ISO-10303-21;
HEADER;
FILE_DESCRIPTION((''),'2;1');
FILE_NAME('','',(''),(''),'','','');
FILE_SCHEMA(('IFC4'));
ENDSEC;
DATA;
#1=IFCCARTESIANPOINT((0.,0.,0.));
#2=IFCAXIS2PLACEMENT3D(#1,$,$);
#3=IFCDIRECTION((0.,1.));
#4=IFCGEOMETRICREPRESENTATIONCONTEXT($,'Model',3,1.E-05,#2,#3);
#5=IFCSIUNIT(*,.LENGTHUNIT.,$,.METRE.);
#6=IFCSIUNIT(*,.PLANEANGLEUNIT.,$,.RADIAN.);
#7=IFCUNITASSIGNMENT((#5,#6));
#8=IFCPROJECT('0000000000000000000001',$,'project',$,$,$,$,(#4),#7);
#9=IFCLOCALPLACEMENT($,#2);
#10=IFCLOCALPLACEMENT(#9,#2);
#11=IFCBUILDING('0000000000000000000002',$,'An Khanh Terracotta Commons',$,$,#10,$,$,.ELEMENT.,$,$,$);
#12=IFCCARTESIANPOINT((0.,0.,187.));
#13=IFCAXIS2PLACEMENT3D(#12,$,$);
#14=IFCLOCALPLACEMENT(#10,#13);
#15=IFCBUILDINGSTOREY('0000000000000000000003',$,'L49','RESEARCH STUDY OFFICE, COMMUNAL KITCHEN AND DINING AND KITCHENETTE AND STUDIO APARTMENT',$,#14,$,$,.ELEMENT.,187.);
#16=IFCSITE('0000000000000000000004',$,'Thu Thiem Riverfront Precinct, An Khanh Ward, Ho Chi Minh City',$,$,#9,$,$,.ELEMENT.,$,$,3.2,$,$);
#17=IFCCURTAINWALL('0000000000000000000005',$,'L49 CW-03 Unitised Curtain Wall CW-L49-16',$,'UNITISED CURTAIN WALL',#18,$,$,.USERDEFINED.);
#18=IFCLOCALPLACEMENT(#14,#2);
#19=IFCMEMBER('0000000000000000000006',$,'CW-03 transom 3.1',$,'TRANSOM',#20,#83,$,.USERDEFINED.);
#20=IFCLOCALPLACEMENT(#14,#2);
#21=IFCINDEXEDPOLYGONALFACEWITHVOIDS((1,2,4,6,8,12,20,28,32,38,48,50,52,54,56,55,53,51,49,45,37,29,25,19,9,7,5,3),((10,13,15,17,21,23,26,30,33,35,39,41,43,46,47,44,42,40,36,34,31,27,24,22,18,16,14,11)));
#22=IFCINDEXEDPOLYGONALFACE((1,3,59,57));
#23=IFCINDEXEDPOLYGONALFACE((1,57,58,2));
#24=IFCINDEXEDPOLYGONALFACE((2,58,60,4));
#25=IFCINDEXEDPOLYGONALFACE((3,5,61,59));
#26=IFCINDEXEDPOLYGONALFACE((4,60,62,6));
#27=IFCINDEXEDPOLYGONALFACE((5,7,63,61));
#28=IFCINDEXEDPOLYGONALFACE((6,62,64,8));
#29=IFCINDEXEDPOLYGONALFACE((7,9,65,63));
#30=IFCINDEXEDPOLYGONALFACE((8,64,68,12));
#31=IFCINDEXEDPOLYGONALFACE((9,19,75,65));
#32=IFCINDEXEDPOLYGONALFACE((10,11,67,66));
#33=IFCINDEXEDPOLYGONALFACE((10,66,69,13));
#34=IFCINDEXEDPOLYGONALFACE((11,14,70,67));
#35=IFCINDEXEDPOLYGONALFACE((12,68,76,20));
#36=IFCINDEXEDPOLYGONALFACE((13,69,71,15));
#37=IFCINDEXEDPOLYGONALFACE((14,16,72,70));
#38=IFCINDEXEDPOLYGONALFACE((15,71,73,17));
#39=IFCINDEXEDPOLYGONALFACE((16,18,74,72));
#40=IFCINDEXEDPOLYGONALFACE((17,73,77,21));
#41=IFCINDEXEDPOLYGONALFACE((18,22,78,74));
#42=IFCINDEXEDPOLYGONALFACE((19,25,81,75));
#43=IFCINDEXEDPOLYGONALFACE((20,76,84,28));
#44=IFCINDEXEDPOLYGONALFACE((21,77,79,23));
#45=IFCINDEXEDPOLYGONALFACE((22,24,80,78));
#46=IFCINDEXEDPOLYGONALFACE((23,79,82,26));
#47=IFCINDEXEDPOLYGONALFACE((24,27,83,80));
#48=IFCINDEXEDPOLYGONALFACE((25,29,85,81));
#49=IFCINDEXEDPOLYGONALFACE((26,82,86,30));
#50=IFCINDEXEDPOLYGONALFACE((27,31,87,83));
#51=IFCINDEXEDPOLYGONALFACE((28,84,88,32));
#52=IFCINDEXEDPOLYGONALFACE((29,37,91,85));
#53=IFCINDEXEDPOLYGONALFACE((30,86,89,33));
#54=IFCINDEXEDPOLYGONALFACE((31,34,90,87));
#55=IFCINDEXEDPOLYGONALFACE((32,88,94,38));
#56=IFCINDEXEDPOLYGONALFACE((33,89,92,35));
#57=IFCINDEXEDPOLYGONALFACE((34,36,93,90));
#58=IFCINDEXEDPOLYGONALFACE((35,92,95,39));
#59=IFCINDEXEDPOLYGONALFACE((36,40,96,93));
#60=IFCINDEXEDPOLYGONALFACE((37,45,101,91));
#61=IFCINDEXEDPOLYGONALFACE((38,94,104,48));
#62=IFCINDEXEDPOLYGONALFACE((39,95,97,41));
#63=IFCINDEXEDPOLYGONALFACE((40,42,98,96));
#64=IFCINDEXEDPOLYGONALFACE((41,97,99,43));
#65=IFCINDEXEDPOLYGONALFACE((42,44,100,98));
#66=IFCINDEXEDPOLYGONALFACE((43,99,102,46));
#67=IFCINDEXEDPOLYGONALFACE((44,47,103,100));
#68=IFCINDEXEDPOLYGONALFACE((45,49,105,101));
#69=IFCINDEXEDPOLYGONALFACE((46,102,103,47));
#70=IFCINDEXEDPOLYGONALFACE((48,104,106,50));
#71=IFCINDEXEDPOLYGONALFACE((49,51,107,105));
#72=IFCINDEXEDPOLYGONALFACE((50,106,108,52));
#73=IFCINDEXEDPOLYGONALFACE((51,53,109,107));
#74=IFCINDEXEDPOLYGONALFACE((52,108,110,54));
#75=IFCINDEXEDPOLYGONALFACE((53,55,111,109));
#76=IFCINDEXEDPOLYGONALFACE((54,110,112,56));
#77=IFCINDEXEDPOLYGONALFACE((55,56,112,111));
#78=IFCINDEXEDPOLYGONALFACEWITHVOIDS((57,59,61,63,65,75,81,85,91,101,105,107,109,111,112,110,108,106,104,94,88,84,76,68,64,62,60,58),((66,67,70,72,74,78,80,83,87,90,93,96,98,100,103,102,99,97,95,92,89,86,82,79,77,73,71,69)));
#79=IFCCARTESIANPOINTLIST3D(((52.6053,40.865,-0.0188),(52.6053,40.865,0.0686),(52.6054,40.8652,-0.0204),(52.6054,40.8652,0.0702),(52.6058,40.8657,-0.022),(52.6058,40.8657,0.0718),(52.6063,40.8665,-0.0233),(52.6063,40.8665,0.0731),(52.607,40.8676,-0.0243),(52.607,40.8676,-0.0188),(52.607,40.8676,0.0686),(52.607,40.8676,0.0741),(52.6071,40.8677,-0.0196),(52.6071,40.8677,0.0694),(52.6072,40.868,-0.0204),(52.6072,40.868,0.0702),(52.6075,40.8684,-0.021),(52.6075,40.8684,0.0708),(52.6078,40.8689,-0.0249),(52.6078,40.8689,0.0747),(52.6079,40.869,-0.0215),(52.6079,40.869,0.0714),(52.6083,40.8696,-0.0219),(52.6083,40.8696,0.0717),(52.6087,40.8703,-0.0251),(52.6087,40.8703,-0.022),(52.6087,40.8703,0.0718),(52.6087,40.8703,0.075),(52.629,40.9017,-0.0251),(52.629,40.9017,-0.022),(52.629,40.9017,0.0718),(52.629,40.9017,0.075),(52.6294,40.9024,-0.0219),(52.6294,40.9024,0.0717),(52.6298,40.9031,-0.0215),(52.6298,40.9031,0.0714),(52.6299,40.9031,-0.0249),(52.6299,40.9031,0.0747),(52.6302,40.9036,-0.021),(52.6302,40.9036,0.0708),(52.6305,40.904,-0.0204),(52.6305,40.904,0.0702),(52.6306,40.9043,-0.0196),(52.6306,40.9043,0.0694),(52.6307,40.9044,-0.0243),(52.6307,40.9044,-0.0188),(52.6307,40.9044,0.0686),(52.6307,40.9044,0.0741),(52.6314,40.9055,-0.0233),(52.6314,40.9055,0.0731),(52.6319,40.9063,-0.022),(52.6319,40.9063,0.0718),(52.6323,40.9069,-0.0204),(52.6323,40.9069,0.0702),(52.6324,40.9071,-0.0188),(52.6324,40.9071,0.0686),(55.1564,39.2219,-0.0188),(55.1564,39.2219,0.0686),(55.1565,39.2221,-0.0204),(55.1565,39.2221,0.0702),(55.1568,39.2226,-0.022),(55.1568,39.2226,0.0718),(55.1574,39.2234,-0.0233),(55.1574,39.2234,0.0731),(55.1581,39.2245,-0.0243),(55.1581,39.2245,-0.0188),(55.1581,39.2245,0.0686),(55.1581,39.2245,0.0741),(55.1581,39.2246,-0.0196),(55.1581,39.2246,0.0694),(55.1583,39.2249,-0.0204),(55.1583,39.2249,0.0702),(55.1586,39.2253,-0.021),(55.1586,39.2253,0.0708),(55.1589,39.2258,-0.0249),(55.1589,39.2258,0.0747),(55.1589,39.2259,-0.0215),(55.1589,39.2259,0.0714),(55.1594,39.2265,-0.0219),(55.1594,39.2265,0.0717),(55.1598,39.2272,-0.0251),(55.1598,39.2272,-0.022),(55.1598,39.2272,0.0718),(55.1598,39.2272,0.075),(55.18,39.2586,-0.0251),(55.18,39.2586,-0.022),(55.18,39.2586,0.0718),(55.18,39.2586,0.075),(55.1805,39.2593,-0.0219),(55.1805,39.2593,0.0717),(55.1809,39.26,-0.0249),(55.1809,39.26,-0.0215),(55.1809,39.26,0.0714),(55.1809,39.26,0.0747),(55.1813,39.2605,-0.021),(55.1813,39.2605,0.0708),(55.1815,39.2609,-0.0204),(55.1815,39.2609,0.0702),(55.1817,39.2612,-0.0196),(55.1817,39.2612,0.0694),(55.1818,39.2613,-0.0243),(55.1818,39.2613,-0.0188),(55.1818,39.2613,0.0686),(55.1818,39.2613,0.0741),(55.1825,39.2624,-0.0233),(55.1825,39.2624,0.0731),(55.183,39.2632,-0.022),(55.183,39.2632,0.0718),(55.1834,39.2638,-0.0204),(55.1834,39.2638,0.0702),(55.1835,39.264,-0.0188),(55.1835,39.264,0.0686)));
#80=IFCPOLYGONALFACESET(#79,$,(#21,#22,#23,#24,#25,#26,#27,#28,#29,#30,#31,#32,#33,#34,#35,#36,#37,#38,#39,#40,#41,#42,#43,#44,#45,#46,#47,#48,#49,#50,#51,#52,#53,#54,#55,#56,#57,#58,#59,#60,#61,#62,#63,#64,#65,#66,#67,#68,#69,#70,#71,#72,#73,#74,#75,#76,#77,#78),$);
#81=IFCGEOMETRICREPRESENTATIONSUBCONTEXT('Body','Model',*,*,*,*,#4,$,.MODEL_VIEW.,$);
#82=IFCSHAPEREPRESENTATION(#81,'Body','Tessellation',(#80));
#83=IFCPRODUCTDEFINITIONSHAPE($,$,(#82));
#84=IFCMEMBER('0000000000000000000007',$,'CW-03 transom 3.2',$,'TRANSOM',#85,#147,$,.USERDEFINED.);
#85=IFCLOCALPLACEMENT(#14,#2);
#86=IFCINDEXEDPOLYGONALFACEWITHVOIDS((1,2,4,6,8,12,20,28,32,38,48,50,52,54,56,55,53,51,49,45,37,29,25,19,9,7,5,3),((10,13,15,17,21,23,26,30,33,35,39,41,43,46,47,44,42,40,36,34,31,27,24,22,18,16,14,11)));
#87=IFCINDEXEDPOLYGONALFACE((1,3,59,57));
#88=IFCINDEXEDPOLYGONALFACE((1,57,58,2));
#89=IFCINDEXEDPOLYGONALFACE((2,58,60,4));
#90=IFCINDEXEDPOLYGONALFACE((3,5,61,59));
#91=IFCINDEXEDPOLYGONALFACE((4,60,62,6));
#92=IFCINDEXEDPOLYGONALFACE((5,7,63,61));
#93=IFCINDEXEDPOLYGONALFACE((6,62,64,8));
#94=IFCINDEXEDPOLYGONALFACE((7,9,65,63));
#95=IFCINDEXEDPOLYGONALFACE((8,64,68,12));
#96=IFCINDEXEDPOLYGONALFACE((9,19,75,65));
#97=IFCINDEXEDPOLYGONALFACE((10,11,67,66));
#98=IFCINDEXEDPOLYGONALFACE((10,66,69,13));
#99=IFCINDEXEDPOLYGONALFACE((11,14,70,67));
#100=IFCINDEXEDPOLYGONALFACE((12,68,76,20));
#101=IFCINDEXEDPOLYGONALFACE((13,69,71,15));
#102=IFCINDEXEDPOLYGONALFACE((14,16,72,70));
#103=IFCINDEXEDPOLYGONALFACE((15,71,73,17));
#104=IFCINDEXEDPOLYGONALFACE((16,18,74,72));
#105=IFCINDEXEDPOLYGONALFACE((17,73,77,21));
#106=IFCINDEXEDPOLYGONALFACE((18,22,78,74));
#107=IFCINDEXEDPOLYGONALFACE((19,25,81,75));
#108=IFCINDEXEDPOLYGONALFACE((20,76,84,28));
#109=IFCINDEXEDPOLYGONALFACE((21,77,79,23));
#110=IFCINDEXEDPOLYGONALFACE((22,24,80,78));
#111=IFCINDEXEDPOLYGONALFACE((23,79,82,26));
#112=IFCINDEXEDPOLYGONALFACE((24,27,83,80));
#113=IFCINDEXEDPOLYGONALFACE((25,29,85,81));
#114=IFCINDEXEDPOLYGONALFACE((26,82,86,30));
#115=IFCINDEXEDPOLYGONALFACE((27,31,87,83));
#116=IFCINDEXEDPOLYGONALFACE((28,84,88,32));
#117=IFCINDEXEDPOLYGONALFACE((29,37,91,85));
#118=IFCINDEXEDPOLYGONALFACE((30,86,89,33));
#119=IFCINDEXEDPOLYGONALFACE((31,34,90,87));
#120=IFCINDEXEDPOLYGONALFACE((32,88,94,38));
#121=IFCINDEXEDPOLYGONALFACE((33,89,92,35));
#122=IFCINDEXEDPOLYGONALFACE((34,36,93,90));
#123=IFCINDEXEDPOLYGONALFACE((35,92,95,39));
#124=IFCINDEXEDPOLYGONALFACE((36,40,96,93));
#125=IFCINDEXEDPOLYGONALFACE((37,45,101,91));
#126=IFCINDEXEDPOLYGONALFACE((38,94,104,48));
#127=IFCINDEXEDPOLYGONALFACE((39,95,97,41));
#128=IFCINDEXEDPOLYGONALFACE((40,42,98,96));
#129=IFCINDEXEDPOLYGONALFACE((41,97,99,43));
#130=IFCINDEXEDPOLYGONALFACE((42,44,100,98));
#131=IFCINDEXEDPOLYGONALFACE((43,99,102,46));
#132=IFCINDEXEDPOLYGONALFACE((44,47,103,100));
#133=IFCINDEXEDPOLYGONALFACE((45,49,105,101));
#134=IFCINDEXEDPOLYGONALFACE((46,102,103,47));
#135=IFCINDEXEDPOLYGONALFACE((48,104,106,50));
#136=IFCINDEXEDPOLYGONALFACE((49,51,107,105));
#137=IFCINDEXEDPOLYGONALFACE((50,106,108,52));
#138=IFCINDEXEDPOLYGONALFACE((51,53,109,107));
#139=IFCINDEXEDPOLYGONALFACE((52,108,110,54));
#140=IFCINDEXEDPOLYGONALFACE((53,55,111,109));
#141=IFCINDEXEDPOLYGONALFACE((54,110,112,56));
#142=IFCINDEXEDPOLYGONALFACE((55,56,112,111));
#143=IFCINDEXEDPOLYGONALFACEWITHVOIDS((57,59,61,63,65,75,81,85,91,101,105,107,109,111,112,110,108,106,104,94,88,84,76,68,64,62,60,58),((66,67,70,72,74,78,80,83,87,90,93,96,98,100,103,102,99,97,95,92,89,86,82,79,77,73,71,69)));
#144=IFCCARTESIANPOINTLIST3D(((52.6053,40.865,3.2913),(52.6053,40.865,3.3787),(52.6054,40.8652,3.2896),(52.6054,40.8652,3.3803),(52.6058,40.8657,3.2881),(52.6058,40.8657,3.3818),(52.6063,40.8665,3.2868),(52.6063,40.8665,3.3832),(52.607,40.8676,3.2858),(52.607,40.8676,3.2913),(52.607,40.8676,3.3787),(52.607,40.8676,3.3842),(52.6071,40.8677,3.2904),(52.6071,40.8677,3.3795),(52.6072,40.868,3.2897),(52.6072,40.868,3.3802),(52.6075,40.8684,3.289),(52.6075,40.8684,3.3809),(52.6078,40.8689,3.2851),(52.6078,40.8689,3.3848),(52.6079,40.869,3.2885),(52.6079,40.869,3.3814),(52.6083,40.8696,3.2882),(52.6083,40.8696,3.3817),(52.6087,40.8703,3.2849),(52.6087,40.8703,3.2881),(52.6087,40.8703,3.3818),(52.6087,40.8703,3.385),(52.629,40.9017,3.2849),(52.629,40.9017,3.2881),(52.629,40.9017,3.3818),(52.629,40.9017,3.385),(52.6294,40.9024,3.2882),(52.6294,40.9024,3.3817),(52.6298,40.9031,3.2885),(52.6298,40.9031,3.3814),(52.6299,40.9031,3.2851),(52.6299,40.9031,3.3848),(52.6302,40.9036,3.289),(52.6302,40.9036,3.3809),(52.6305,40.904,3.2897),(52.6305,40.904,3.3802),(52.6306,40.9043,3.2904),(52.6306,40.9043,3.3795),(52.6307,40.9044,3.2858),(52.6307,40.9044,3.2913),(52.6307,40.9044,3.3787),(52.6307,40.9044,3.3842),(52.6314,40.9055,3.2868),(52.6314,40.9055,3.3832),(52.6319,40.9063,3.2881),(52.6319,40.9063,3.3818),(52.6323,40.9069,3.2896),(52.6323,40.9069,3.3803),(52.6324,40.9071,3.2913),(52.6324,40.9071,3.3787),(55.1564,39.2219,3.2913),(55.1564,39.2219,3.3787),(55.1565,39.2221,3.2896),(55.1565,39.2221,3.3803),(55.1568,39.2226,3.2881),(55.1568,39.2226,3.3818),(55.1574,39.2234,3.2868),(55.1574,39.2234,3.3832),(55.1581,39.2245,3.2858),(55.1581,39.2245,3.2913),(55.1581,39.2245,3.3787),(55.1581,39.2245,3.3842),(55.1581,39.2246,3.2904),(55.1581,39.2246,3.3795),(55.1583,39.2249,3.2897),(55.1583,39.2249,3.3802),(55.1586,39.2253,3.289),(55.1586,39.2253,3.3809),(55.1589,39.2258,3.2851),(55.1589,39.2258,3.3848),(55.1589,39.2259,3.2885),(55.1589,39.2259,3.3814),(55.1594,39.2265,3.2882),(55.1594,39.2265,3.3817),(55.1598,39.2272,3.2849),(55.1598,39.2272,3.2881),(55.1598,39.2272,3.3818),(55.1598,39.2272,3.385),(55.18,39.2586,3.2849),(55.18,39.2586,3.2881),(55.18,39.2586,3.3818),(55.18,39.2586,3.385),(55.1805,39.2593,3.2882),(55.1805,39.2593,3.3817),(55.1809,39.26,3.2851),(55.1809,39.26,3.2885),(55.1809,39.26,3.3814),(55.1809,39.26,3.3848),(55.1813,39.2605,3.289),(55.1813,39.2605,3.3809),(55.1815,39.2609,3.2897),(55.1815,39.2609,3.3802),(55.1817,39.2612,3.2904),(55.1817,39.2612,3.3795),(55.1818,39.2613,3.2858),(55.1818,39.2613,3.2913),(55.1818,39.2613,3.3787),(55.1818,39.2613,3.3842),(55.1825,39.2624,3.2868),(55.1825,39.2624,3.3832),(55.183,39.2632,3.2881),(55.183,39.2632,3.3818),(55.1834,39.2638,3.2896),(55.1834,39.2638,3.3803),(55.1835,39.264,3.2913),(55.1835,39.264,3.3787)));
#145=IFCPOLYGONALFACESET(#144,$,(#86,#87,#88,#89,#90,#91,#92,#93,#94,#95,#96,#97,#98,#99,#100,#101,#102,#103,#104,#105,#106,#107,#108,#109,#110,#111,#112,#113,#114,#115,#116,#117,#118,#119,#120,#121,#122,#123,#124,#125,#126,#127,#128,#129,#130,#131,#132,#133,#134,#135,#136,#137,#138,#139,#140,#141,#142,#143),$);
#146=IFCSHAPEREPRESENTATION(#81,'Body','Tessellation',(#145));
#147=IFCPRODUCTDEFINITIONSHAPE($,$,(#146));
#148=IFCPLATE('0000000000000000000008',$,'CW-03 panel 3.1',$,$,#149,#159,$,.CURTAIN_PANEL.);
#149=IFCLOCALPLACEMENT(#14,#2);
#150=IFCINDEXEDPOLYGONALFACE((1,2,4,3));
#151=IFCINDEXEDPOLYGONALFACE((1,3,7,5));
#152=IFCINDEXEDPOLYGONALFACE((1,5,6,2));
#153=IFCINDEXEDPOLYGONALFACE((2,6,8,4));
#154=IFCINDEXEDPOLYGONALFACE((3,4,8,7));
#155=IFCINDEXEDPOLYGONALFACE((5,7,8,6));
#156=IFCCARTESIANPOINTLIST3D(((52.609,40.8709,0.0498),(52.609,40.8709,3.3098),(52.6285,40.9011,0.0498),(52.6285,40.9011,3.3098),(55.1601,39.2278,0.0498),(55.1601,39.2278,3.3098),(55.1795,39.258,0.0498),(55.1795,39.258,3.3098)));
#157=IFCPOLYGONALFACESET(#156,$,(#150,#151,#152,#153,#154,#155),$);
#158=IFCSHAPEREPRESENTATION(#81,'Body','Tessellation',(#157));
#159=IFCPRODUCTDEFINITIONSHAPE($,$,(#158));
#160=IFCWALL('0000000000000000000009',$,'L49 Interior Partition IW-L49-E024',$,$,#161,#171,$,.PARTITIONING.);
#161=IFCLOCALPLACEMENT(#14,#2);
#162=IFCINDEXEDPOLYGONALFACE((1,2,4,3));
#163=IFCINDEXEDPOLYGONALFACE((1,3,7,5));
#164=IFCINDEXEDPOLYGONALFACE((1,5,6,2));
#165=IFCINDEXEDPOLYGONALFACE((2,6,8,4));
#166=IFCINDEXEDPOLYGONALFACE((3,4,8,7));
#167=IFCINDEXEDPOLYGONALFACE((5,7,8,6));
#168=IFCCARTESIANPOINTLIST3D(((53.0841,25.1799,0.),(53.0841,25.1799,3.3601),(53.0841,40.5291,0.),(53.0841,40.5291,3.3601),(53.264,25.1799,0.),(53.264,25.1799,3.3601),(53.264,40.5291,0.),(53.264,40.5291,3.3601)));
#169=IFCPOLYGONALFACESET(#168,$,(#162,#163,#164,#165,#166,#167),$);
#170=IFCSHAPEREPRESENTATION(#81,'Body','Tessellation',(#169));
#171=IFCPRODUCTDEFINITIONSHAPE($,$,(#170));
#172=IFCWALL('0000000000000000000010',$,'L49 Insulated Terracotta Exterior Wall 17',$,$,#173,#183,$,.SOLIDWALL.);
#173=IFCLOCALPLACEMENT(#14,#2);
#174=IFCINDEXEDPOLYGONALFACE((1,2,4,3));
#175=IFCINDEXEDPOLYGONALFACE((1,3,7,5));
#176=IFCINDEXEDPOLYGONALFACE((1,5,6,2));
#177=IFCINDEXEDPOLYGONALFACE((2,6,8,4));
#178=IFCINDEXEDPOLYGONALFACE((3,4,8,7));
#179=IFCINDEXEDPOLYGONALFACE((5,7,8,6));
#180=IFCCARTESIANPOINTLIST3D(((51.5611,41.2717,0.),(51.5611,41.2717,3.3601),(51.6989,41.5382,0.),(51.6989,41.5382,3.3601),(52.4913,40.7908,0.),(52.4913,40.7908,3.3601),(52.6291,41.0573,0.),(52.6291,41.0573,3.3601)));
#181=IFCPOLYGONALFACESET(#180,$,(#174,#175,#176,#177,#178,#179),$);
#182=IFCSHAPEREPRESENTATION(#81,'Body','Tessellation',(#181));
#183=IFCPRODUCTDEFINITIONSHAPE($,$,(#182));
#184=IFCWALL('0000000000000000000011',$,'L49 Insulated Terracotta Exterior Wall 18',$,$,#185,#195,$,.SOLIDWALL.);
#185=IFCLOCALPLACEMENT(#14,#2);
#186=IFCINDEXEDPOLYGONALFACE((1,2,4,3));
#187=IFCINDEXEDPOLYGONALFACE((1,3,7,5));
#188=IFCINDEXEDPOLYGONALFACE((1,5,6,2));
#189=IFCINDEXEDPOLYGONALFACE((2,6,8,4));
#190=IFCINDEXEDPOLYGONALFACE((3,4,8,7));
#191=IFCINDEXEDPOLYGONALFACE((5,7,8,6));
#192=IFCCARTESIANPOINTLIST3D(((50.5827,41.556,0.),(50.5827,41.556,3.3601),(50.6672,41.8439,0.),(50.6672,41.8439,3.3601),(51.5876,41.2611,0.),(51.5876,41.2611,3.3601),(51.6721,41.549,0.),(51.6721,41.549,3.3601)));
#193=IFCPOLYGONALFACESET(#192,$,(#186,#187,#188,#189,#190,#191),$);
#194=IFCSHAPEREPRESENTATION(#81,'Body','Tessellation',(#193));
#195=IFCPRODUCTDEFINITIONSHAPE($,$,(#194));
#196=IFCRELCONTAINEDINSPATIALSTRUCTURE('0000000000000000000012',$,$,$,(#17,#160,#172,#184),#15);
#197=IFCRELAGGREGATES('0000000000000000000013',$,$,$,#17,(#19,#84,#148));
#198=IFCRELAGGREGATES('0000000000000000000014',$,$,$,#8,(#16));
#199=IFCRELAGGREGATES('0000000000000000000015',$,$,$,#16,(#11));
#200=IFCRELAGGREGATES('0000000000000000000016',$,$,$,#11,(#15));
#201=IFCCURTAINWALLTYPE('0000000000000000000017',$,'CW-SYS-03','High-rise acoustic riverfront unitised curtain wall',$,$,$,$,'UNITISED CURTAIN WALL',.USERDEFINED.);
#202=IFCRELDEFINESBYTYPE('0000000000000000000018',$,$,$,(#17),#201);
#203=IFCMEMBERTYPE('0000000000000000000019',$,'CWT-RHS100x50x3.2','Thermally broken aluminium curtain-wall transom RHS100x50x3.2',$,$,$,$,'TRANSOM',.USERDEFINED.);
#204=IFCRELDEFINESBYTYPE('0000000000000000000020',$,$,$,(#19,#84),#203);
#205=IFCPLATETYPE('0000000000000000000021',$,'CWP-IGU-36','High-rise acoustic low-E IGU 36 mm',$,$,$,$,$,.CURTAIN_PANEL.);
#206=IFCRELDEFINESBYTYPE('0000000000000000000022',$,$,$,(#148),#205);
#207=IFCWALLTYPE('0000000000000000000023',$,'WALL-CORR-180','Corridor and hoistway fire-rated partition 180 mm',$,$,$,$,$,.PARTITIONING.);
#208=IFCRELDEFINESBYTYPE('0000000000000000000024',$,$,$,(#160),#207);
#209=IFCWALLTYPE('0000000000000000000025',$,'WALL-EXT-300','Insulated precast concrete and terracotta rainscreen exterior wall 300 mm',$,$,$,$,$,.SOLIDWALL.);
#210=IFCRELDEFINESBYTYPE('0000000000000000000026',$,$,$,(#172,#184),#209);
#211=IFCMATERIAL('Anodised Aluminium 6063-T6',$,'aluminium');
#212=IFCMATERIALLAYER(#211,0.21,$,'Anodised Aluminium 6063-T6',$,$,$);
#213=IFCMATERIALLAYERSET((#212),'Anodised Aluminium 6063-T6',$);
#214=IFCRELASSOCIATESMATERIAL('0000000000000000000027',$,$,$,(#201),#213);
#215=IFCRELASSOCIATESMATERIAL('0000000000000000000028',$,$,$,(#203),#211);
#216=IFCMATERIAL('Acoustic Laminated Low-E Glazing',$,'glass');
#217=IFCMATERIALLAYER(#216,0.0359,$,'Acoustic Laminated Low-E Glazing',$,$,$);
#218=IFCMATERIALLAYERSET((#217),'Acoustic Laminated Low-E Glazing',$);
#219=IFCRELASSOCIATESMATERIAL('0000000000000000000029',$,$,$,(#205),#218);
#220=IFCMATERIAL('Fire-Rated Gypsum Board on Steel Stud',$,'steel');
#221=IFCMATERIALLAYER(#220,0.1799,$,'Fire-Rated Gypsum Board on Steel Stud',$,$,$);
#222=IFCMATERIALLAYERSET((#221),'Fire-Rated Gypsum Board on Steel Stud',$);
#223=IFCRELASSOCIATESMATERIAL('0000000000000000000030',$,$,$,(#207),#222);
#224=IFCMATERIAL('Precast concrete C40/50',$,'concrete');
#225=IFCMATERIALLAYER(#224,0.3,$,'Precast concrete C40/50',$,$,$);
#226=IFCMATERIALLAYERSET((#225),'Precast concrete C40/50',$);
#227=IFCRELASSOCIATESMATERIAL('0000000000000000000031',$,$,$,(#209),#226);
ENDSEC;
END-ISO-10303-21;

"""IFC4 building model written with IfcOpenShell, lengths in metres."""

from ifc_helpers import new_model, si_unit, direction, frame, frame_2d, origin, origin_2d, place, context, subcontext, project, spatial, rectangle, hollow_rectangle, extrude, material, layer, layer_set, material_profile, profile_set, type_object, element, aggregate, save


model = new_model("IFC4")

# Units and contexts
model_context = context("Model", 3, precision=1e-05, world=origin(), true_north=direction((0.0, 1.0)))
body_context = subcontext(model_context, "Body", "Model", "MODEL_VIEW")
ifc_project = project(units=[si_unit("LENGTHUNIT", "METRE"), si_unit("PLANEANGLEUNIT", "RADIAN")], contexts=[model_context])

# Site, building, storey
site_placement = place(None, origin())
site = spatial("IfcSite", under=ifc_project, at=site_placement, Name="Thu Thiem Riverfront Precinct, An Khanh Ward, Ho Chi Minh City", CompositionType="ELEMENT", RefElevation=3.2)
building_placement = place(site_placement, origin())
building = spatial("IfcBuilding", under=site, at=building_placement, Name="An Khanh Terracotta Commons", CompositionType="ELEMENT")
storey_placement = place(building_placement, frame((0.0, 0.0, 187.0)))
storey = spatial("IfcBuildingStorey", under=building, at=storey_placement, Name="L49", Description="RESEARCH STUDY OFFICE, COMMUNAL KITCHEN AND DINING AND KITCHENETTE AND STUDIO APARTMENT", CompositionType="ELEMENT", Elevation=187.0)

# Curtain wall, members, plate
ifc_material_1 = material(Name="Anodised Aluminium 6063-T6", Category="aluminium")
ifc_layer_1 = layer(ifc_material_1, 0.21, Name="Anodised Aluminium 6063-T6")
ifc_layer_set_1 = layer_set([ifc_layer_1], Name="Anodised Aluminium 6063-T6")
curtain_wall_type = type_object("IfcCurtainWallType", Name="CW-SYS-03", Description="High-rise acoustic riverfront unitised curtain wall", ElementType="UNITISED CURTAIN WALL", PredefinedType="USERDEFINED", material=ifc_layer_set_1)
curtain_wall_placement = place(storey_placement, origin())
curtain_wall = element("IfcCurtainWall", 1, at=curtain_wall_placement, inside=storey, type_object=curtain_wall_type, Name="L49 CW-03 Unitised Curtain Wall CW-L49-16", ObjectType="UNITISED CURTAIN WALL", PredefinedType="USERDEFINED")
ifc_material_profile_1 = material_profile(ifc_material_1, hollow_rectangle(XDim=0.05, YDim=0.1001, WallThickness=0.0032, InnerFilletRadius=0.0032, OuterFilletRadius=0.0063, at=origin_2d()), Name="RHS100x50x3.2")
ifc_profile_set_1 = profile_set([ifc_material_profile_1], Name="Anodised Aluminium 6063-T6")
member_type_1 = type_object("IfcMemberType", Name="CWT-RHS100x50x3.2", Description="Thermally broken aluminium curtain-wall transom RHS100x50x3.2", ElementType="TRANSOM", PredefinedType="USERDEFINED", material=ifc_profile_set_1)
member_1_placement = place(storey_placement, frame((55.1699, 39.2429, 0.0249), z_axis=(-0.84071, 0.541485, 0.0), x_axis=(-0.541485, -0.84071, 0.0)))
member_1 = element("IfcMember", 2, at=member_1_placement, type_object=member_type_1, Name="CW-03 transom 3.1", ObjectType="TRANSOM", PredefinedType="USERDEFINED", context=body_context, shape_type="SweptSolid", body=[
    extrude(hollow_rectangle(XDim=0.05, YDim=0.1001, WallThickness=0.0032, InnerFilletRadius=0.0032, OuterFilletRadius=0.0063, at=origin_2d()), origin(), (0.0, 0.0, 1.0), 3.0344),
])
member_2_placement = place(storey_placement, frame((55.1699, 39.2429, 3.335), z_axis=(-0.84071, 0.541485, 0.0), x_axis=(-0.541485, -0.84071, 0.0)))
member_2 = element("IfcMember", 3, at=member_2_placement, type_object=member_type_1, Name="CW-03 transom 3.2", ObjectType="TRANSOM", PredefinedType="USERDEFINED", context=body_context, shape_type="SweptSolid", body=[
    extrude(hollow_rectangle(XDim=0.05, YDim=0.1001, WallThickness=0.0032, InnerFilletRadius=0.0032, OuterFilletRadius=0.0063, at=origin_2d()), origin(), (0.0, 0.0, 1.0), 3.0344),
])
ifc_material_2 = material(Name="Acoustic Laminated Low-E Glazing", Category="glass")
ifc_layer_2 = layer(ifc_material_2, 0.0359, Name="Acoustic Laminated Low-E Glazing")
ifc_layer_set_2 = layer_set([ifc_layer_2], Name="Acoustic Laminated Low-E Glazing")
plate_type = type_object("IfcPlateType", Name="CWP-IGU-36", Description="High-rise acoustic low-E IGU 36 mm", PredefinedType="CURTAIN_PANEL", material=ifc_layer_set_2)
plate_placement = place(storey_placement, frame((53.8943, 40.0645, 0.0498), z_axis=(0.0, 0.0, 1.0), x_axis=(-0.840702, 0.541498, 0.0)))
plate = element("IfcPlate", 4, at=plate_placement, type_object=plate_type, Name="CW-03 panel 3.1", PredefinedType="CURTAIN_PANEL", context=body_context, shape_type="SweptSolid", body=[
    extrude(rectangle(XDim=3.0344, YDim=0.0359, at=origin_2d()), origin(), (0.0, 0.0, 1.0), 3.26),
])
aggregate(curtain_wall, [member_1, member_2, plate])

# Walls
ifc_material_3 = material(Name="Fire-Rated Gypsum Board on Steel Stud", Category="steel")
ifc_layer_3 = layer(ifc_material_3, 0.1799, Name="Fire-Rated Gypsum Board on Steel Stud")
ifc_layer_set_3 = layer_set([ifc_layer_3], Name="Fire-Rated Gypsum Board on Steel Stud")
wall_type_1 = type_object("IfcWallType", Name="WALL-CORR-180", Description="Corridor and hoistway fire-rated partition 180 mm", PredefinedType="PARTITIONING", material=ifc_layer_set_3)
wall_1_placement = place(storey_placement, frame((53.1741, 25.1799, 0.0), z_axis=(0.0, 0.0, 1.0), x_axis=(0.0, 1.0, 0.0)))
element("IfcWall", 5, at=wall_1_placement, inside=storey, type_object=wall_type_1, Name="L49 Interior Partition IW-L49-E024", PredefinedType="PARTITIONING", context=body_context, shape_type="SweptSolid", body=[
    extrude(rectangle(XDim=15.3491, YDim=0.1799, at=frame_2d((7.6746, 0.0))), origin(), (0.0, 0.0, 1.0), 3.3601),
])
ifc_material_4 = material(Name="Precast concrete C40/50", Category="concrete")
ifc_layer_4 = layer(ifc_material_4, 0.3, Name="Precast concrete C40/50")
ifc_layer_set_4 = layer_set([ifc_layer_4], Name="Precast concrete C40/50")
wall_type_2 = type_object("IfcWallType", Name="WALL-EXT-300", Description="Insulated precast concrete and terracotta rainscreen exterior wall 300 mm", PredefinedType="SOLIDWALL", material=ifc_layer_set_4)
wall_2_placement = place(storey_placement, frame((52.5601, 40.9241, 0.0), z_axis=(0.0, 0.0, 1.0), x_axis=(-0.888283, 0.459296, 0.0)))
element("IfcWall", 6, at=wall_2_placement, inside=storey, type_object=wall_type_2, Name="L49 Insulated Terracotta Exterior Wall 17", PredefinedType="SOLIDWALL", context=body_context, shape_type="SweptSolid", body=[
    extrude(rectangle(XDim=1.0471, YDim=0.3, at=frame_2d((0.5234, 0.0))), origin(), (0.0, 0.0, 1.0), 3.3601),
])
wall_3_placement = place(storey_placement, frame((51.6299, 41.405, 0.0), z_axis=(0.0, 0.0, 1.0), x_axis=(-0.959529, 0.281611, 0.0)))
element("IfcWall", 7, at=wall_3_placement, inside=storey, type_object=wall_type_2, Name="L49 Insulated Terracotta Exterior Wall 18", PredefinedType="SOLIDWALL", context=body_context, shape_type="SweptSolid", body=[
    extrude(rectangle(XDim=1.0474, YDim=0.3, at=frame_2d((0.5237, 0.0))), origin(), (0.0, 0.0, 1.0), 3.3601),
])

save(model, "model.ifc")
